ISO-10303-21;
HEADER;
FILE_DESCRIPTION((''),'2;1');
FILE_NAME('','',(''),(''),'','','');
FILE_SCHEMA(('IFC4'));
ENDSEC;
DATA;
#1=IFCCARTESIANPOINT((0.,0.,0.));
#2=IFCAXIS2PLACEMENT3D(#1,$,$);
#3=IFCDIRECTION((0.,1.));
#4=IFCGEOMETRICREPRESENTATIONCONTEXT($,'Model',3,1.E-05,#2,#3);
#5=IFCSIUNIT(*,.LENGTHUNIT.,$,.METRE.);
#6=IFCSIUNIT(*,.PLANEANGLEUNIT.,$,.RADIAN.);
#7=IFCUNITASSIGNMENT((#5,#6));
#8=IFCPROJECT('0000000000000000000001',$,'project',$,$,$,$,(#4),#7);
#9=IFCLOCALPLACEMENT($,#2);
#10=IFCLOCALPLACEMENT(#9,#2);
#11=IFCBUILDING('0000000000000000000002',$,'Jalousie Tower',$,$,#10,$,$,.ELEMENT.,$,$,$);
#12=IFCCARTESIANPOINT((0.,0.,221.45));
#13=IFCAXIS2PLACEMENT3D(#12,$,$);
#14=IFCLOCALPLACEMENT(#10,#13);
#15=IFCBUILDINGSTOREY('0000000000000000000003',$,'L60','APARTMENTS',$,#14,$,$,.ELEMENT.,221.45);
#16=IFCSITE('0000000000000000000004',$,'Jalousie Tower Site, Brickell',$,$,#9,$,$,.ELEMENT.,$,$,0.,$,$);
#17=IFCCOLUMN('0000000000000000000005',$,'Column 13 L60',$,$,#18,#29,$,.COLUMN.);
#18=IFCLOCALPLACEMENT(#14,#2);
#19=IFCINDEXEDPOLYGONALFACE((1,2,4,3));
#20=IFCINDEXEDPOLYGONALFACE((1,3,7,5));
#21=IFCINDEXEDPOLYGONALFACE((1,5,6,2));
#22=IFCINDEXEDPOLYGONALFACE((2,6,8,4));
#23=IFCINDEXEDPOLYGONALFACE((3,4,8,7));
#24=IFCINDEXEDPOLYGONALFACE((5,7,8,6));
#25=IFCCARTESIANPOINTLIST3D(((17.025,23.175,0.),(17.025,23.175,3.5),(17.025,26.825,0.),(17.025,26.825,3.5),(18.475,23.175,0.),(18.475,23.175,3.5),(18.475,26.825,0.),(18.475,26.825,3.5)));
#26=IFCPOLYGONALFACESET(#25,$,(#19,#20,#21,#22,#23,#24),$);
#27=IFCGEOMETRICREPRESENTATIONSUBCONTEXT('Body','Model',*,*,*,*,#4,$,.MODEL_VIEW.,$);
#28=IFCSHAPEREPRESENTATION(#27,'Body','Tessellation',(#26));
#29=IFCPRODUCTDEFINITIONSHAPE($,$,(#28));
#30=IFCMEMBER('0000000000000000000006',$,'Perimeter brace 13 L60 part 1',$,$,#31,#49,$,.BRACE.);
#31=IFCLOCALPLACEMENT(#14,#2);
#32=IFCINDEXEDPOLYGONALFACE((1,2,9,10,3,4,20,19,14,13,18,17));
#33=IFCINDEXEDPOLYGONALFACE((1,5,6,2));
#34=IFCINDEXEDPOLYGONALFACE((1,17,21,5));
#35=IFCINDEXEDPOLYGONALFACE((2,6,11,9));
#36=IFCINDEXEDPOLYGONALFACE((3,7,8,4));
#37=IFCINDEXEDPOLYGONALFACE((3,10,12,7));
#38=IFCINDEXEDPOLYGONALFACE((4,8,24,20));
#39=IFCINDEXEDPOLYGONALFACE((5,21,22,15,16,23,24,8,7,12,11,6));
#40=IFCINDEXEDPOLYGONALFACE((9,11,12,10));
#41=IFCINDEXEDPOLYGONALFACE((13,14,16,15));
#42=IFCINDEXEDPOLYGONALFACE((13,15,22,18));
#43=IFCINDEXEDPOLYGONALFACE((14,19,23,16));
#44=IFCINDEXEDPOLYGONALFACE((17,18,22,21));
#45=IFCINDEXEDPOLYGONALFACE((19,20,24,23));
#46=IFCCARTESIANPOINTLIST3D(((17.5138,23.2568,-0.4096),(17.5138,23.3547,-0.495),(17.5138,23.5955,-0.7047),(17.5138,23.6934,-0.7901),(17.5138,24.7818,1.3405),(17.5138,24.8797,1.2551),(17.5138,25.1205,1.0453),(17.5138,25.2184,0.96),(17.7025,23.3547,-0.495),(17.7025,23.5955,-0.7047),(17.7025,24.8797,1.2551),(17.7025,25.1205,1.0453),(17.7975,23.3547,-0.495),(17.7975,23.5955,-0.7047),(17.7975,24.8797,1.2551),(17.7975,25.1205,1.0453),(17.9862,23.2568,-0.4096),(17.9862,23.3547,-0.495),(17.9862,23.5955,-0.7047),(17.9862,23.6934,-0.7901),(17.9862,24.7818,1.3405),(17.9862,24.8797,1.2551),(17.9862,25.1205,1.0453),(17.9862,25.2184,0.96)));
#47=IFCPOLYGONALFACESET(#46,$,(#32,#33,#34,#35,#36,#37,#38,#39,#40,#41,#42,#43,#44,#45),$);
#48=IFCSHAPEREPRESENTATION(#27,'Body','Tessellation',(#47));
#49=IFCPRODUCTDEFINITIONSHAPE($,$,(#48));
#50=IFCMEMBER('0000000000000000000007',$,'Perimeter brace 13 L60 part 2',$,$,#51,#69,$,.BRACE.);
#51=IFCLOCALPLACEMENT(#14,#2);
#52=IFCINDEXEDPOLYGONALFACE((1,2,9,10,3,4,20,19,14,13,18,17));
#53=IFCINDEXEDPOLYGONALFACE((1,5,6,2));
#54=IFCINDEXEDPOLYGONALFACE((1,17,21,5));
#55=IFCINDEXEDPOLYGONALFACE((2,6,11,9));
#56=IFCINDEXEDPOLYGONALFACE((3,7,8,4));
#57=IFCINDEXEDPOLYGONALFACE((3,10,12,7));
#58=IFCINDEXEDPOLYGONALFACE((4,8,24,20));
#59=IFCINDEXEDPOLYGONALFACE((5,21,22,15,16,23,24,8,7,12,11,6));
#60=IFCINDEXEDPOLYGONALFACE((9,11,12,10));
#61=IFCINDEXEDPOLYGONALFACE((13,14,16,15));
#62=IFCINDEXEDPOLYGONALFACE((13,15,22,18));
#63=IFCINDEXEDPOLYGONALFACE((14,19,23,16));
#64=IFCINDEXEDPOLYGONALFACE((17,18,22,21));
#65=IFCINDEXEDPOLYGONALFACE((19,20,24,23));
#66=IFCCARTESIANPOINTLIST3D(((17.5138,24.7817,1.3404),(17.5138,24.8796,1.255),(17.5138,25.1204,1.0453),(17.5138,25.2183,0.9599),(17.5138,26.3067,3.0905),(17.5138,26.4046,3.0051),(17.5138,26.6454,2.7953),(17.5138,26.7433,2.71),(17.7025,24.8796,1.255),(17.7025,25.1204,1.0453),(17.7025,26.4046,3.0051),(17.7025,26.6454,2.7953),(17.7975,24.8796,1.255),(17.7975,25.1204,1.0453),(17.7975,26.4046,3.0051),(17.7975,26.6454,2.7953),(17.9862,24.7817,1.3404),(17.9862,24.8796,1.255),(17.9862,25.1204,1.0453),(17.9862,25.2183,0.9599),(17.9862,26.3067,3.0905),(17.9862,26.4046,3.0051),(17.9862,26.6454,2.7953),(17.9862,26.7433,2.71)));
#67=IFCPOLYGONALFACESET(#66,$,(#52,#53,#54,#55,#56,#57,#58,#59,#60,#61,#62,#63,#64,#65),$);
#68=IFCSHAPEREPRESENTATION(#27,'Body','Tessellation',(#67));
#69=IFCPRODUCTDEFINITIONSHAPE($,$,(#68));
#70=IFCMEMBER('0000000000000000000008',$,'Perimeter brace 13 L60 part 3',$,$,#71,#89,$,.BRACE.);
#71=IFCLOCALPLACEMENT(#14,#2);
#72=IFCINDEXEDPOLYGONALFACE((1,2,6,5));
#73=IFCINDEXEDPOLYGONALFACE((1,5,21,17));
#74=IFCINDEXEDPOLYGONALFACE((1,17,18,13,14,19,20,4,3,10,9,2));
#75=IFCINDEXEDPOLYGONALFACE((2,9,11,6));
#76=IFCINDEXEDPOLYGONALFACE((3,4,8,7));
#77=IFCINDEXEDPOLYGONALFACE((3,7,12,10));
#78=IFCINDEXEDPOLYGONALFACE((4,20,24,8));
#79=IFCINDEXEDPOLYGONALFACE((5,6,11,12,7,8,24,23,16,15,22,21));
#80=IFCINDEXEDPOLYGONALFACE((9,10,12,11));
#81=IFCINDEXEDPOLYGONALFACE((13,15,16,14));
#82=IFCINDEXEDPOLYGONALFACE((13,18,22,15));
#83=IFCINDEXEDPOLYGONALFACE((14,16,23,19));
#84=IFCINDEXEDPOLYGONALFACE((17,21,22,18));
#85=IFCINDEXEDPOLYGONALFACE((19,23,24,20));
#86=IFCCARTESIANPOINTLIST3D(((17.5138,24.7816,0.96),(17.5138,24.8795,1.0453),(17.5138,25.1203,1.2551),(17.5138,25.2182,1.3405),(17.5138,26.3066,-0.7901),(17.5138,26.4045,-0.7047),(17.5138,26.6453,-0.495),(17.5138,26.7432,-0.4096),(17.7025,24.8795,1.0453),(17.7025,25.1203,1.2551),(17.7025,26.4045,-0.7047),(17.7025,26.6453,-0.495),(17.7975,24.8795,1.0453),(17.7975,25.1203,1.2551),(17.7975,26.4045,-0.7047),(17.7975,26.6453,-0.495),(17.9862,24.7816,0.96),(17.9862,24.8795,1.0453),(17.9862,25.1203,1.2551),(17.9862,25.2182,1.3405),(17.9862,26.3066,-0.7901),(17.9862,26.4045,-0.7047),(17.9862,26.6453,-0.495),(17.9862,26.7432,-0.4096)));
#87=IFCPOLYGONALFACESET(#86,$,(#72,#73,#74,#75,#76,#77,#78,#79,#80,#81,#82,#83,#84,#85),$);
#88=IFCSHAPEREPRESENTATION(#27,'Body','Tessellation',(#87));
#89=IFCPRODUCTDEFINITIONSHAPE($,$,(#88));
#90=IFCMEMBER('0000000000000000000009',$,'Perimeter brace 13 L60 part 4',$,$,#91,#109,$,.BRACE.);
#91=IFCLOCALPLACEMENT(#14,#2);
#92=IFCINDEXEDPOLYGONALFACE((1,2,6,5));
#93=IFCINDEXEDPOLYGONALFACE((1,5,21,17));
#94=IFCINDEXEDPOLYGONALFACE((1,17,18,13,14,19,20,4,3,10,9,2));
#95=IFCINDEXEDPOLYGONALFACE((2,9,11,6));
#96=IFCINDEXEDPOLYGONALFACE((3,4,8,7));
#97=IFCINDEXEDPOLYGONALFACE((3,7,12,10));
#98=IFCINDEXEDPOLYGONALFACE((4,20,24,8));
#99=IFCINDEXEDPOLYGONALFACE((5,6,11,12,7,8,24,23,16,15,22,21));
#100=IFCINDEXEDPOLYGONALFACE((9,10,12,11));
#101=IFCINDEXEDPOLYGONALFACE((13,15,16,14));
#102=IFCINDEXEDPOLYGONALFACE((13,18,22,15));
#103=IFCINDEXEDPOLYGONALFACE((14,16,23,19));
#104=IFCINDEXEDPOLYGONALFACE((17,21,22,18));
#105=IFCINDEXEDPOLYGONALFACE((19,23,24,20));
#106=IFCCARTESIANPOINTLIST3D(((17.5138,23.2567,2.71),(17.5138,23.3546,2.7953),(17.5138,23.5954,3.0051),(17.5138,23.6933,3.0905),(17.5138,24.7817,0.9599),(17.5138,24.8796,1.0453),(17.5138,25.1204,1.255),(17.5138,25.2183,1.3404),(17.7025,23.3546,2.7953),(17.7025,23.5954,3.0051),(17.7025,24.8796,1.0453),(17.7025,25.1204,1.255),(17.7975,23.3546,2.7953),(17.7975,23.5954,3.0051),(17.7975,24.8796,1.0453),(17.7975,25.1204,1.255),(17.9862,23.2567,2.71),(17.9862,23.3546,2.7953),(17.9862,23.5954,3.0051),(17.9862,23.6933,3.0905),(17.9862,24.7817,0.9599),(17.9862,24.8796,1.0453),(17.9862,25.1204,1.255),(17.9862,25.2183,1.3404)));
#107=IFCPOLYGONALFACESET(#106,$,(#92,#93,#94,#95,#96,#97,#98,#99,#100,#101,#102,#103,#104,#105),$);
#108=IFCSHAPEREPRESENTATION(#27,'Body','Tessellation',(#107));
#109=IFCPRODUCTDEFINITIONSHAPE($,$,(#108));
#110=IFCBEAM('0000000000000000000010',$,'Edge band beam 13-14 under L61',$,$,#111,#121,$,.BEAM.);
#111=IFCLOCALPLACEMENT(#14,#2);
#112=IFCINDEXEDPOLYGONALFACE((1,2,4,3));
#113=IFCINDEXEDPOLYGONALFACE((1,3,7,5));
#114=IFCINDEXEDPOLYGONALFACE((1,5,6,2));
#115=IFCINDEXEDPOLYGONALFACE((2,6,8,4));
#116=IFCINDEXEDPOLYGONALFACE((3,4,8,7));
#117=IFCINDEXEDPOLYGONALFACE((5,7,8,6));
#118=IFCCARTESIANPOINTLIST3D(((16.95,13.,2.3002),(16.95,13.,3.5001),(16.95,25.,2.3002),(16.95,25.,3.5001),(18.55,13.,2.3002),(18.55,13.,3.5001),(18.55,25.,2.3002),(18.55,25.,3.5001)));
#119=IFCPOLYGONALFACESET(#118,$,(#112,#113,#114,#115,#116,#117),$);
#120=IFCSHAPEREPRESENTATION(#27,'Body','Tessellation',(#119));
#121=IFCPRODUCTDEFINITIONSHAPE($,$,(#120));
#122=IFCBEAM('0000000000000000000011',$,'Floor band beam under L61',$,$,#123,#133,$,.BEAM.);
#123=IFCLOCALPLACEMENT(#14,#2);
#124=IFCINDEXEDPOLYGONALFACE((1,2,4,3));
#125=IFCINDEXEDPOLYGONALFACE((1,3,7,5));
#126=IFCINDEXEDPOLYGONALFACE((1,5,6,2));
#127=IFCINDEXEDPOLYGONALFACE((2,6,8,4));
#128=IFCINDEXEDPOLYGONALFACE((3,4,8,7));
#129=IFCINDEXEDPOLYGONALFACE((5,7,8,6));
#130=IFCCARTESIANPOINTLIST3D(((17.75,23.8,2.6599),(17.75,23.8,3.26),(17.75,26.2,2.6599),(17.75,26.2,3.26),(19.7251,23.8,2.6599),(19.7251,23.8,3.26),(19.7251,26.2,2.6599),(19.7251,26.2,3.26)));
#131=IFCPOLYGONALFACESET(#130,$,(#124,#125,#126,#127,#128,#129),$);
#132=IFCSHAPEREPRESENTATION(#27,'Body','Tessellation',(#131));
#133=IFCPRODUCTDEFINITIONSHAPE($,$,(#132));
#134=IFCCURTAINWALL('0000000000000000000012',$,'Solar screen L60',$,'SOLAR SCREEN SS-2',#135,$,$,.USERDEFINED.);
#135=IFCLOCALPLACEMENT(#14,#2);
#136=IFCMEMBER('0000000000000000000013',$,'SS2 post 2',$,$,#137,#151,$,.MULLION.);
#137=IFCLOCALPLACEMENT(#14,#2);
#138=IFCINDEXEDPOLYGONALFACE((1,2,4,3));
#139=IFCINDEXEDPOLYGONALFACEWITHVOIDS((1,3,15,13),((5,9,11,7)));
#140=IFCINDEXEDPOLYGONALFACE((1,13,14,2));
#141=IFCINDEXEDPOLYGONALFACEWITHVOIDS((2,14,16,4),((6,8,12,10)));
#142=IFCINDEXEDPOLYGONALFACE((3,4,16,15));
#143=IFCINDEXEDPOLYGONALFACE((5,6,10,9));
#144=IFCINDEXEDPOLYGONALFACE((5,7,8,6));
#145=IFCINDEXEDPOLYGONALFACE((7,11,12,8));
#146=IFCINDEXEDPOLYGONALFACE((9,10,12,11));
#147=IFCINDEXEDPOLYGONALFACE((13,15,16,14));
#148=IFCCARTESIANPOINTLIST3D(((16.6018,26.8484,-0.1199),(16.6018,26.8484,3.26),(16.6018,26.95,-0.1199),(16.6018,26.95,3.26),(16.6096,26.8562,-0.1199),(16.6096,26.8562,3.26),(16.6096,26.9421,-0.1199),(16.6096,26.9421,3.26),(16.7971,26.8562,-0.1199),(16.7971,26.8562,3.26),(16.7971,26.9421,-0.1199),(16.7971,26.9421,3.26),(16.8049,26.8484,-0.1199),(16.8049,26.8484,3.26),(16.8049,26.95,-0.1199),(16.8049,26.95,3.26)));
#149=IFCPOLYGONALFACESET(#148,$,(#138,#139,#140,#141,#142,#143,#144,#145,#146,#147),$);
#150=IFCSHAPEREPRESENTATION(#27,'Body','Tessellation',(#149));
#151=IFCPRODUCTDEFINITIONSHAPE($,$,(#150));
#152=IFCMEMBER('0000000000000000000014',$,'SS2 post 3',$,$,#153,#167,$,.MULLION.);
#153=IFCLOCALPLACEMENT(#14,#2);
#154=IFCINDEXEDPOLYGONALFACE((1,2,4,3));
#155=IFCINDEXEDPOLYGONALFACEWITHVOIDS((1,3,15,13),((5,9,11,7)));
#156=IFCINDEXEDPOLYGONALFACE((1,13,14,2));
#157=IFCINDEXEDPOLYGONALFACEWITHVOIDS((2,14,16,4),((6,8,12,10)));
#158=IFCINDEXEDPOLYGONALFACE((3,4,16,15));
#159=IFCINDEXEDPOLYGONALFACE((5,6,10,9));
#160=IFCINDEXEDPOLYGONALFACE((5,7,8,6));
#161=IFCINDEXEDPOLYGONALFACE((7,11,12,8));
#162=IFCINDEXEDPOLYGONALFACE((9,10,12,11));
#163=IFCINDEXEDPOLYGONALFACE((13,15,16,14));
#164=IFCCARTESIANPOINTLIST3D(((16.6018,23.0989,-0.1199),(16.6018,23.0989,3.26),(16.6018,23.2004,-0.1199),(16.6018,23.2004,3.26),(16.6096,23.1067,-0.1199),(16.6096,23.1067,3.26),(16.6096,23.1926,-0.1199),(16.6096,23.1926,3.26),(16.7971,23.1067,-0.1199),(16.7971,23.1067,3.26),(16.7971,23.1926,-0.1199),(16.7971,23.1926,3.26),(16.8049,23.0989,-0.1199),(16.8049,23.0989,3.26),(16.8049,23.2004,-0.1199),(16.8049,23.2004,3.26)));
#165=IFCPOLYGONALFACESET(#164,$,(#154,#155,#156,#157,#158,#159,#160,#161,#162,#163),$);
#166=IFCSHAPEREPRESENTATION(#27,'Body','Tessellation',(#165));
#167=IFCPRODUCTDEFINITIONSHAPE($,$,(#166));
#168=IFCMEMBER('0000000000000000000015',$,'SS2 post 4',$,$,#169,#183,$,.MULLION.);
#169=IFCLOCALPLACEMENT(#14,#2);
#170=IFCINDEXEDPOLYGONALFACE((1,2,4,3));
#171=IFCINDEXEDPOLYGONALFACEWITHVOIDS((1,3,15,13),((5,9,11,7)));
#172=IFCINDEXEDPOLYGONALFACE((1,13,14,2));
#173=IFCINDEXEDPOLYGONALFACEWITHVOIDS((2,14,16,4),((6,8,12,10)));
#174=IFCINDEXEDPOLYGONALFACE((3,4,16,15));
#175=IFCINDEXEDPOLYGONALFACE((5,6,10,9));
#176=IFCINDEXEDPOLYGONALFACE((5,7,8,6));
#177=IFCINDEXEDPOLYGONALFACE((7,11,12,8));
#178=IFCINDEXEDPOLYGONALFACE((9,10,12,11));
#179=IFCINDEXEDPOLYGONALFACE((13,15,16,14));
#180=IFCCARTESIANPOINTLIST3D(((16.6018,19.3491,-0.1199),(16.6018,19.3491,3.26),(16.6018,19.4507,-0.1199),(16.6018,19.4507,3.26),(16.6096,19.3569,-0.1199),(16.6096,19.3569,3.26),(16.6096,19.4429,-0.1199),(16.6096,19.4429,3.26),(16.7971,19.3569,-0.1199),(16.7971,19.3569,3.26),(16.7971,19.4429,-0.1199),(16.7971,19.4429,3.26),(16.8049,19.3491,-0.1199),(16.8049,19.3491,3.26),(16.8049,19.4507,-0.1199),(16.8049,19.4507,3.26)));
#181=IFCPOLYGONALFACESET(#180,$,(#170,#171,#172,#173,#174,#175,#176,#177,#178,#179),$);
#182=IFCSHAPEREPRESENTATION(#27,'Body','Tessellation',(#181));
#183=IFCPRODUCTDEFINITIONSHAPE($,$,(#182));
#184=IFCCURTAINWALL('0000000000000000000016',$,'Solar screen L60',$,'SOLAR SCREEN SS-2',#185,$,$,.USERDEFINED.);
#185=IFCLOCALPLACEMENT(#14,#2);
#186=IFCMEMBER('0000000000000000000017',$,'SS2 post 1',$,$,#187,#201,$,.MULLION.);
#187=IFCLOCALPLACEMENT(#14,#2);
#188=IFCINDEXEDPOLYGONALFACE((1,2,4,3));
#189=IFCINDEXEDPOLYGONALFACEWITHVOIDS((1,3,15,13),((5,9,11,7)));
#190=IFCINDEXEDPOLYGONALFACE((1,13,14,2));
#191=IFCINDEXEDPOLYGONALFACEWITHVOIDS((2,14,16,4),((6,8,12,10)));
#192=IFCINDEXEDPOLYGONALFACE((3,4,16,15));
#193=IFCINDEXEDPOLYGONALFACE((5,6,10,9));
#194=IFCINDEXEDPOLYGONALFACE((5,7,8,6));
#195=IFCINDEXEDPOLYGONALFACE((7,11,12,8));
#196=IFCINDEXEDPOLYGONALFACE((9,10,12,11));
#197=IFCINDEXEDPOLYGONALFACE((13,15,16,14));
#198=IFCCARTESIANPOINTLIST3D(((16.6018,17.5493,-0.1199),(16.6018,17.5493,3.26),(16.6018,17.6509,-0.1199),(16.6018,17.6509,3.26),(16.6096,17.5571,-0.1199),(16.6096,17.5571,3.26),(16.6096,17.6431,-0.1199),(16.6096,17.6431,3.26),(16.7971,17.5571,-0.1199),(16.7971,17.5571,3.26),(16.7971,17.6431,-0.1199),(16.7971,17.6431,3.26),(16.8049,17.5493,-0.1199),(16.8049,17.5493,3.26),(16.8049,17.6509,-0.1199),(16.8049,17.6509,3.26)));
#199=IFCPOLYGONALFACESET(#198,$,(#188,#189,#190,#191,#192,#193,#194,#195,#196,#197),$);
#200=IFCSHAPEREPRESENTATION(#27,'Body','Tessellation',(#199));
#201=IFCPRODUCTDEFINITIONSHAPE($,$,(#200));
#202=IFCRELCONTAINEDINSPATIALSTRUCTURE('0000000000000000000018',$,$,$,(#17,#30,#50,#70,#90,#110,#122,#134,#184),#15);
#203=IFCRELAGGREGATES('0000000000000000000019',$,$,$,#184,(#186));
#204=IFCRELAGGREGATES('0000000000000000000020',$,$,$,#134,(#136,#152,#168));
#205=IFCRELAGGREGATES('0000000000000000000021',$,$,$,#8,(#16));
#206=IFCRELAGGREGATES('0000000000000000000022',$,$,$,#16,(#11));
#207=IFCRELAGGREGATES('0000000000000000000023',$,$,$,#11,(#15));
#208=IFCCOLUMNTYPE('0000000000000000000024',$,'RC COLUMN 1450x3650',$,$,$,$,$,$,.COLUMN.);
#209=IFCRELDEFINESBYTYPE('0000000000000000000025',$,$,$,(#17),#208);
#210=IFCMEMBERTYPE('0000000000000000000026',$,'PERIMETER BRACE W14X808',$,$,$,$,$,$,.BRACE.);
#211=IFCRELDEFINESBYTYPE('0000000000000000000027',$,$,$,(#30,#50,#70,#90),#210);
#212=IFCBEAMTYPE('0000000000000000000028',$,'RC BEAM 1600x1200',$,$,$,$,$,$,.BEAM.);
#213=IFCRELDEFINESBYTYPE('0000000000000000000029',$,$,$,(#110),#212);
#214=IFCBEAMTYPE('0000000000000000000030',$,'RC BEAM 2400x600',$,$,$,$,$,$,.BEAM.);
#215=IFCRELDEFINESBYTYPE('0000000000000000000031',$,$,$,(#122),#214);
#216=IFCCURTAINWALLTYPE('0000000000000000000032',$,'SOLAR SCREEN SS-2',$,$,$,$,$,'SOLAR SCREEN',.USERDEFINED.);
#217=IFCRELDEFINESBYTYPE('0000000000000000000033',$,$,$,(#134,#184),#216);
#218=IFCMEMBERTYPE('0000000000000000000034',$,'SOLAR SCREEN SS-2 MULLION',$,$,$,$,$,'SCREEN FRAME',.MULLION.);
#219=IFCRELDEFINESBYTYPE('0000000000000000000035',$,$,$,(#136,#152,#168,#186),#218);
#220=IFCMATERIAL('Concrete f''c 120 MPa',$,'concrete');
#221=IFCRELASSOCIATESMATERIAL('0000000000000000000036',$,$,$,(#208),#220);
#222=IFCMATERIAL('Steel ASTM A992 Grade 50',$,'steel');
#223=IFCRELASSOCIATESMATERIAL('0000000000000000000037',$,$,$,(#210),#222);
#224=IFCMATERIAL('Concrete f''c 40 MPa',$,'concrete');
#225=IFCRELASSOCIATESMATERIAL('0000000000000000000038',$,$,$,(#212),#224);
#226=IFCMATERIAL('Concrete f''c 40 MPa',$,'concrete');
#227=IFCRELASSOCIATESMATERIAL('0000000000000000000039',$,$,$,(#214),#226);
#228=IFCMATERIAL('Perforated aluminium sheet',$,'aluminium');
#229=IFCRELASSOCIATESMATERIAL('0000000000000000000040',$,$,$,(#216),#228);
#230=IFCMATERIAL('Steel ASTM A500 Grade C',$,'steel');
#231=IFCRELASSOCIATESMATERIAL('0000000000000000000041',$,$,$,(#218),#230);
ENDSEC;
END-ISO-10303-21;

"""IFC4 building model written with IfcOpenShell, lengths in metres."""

from ifc_helpers import new_model, si_unit, direction, frame, origin, origin_2d, place, context, subcontext, project, spatial, rectangle, hollow_rectangle, i_section, extrude, material, material_profile, profile_set, type_object, element, aggregate, save


model = new_model("IFC4")

# Units and contexts
model_context = context("Model", 3, precision=1e-05, world=origin(), true_north=direction((0.0, 1.0)))
body_context = subcontext(model_context, "Body", "Model", "MODEL_VIEW")
ifc_project = project(units=[si_unit("LENGTHUNIT", "METRE"), si_unit("PLANEANGLEUNIT", "RADIAN")], contexts=[model_context])

# Site, building, storey
site_placement = place(None, origin())
site = spatial("IfcSite", under=ifc_project, at=site_placement, Name="Jalousie Tower Site, Brickell", CompositionType="ELEMENT", RefElevation=0.0)
building_placement = place(site_placement, origin())
building = spatial("IfcBuilding", under=site, at=building_placement, Name="Jalousie Tower", CompositionType="ELEMENT")
storey_placement = place(building_placement, frame((0.0, 0.0, 221.45)))
storey = spatial("IfcBuildingStorey", under=building, at=storey_placement, Name="L60", Description="APARTMENTS", CompositionType="ELEMENT", Elevation=221.45)

# Column
ifc_material_1 = material(Name="Concrete f'c 120 MPa", Category="concrete")
ifc_material_profile_1 = material_profile(ifc_material_1, rectangle(XDim=1.45, YDim=3.6499, at=origin_2d()), Name="RC 1450x3650")
ifc_profile_set_1 = profile_set([ifc_material_profile_1], Name="Concrete f'c 120 MPa")
column_type = type_object("IfcColumnType", Name="RC COLUMN 1450x3650", PredefinedType="COLUMN", material=ifc_profile_set_1)
column_placement = place(storey_placement, frame((17.75, 25.0, 0.0), z_axis=(0.0, 0.0, 1.0), x_axis=(1.0, 0.0, 0.0)))
element("IfcColumn", 1, at=column_placement, inside=storey, type_object=column_type, Name="Column 13 L60", PredefinedType="COLUMN", context=body_context, shape_type="SweptSolid", body=[
    extrude(rectangle(XDim=1.45, YDim=3.6499, at=origin_2d()), origin(), (0.0, 0.0, 1.0), 3.5),
])

# Members
ifc_material_2 = material(Name="Steel ASTM A992 Grade 50", Category="steel")
ifc_material_profile_2 = material_profile(ifc_material_2, i_section(OverallWidth=0.4724, OverallDepth=0.5791, WebThickness=0.095, FlangeThickness=0.1299, at=origin_2d()), Name="W14X808")
ifc_profile_set_2 = profile_set([ifc_material_profile_2], Name="Steel ASTM A992 Grade 50")
member_type_1 = type_object("IfcMemberType", Name="PERIMETER BRACE W14X808", PredefinedType="BRACE", material=ifc_profile_set_2)
for number, where, z_axis, x_axis, name in (
    (2, (17.75, 23.4751, -0.5999), (0.0, 0.656954, 0.75393), (-1.0, 0.0, 0.0), "Perimeter brace 13 L60 part 1"),
    (3, (17.75, 25.0, 1.1501), (0.0, 0.656954, 0.75393), (-1.0, 0.0, 0.0), "Perimeter brace 13 L60 part 2"),
    (4, (17.75, 26.5249, -0.5999), (0.0, -0.656954, 0.75393), (1.0, 0.0, 0.0), "Perimeter brace 13 L60 part 3"),
    (5, (17.75, 25.0, 1.1501), (0.0, -0.656954, 0.75393), (1.0, 0.0, 0.0), "Perimeter brace 13 L60 part 4"),
):
    element("IfcMember", number, at=place(storey_placement, frame(where, z_axis=z_axis, x_axis=x_axis)), inside=storey, type_object=member_type_1, Name=name, PredefinedType="BRACE", context=body_context, shape_type="SweptSolid", body=[
        extrude(i_section(OverallWidth=0.4724, OverallDepth=0.5791, WebThickness=0.095, FlangeThickness=0.1299, at=origin_2d()), origin(), (0.0, 0.0, 1.0), 2.3213),
    ])

# Beams
ifc_material_3 = material(Name="Concrete f'c 40 MPa", Category="concrete")
ifc_material_profile_3 = material_profile(ifc_material_3, rectangle(XDim=1.6001, YDim=1.2, at=origin_2d()), Name="RC 1600x1200")
ifc_profile_set_3 = profile_set([ifc_material_profile_3], Name="Concrete f'c 40 MPa")
beam_type_1 = type_object("IfcBeamType", Name="RC BEAM 1600x1200", PredefinedType="BEAM", material=ifc_profile_set_3)
beam_1_placement = place(storey_placement, frame((17.75, 25.0, 2.9001), z_axis=(0.0, -1.0, 0.0), x_axis=(1.0, 0.0, 0.0)))
element("IfcBeam", 6, at=beam_1_placement, inside=storey, type_object=beam_type_1, Name="Edge band beam 13-14 under L61", PredefinedType="BEAM", context=body_context, shape_type="SweptSolid", body=[
    extrude(rectangle(XDim=1.6001, YDim=1.2, at=origin_2d()), origin(), (0.0, 0.0, 1.0), 12.0),
])
ifc_material_4 = material(Name="Concrete f'c 40 MPa", Category="concrete")
ifc_material_profile_4 = material_profile(ifc_material_4, rectangle(XDim=2.3999, YDim=0.6001, at=origin_2d()), Name="RC 2400x600")
ifc_profile_set_4 = profile_set([ifc_material_profile_4], Name="Concrete f'c 40 MPa")
beam_type_2 = type_object("IfcBeamType", Name="RC BEAM 2400x600", PredefinedType="BEAM", material=ifc_profile_set_4)
beam_2_placement = place(storey_placement, frame((17.75, 25.0, 2.96), z_axis=(1.0, 0.0, 0.0), x_axis=(0.0, 1.0, 0.0)))
element("IfcBeam", 7, at=beam_2_placement, inside=storey, type_object=beam_type_2, Name="Floor band beam under L61", PredefinedType="BEAM", context=body_context, shape_type="SweptSolid", body=[
    extrude(rectangle(XDim=2.3999, YDim=0.6001, at=origin_2d()), origin(), (0.0, 0.0, 1.0), 1.9751),
])

# Curtain walls, members
ifc_material_5 = material(Name="Perforated aluminium sheet", Category="aluminium")
curtain_wall_type = type_object("IfcCurtainWallType", Name="SOLAR SCREEN SS-2", ElementType="SOLAR SCREEN", PredefinedType="USERDEFINED", material=ifc_material_5)
curtain_wall_1_placement = place(storey_placement, origin())
curtain_wall_1 = element("IfcCurtainWall", 8, at=curtain_wall_1_placement, inside=storey, type_object=curtain_wall_type, Name="Solar screen L60", ObjectType="SOLAR SCREEN SS-2", PredefinedType="USERDEFINED")
ifc_material_6 = material(Name="Steel ASTM A500 Grade C", Category="steel")
ifc_material_profile_5 = material_profile(ifc_material_6, hollow_rectangle(XDim=0.1016, YDim=0.2031, WallThickness=0.0078, at=origin_2d()), Name="HSS8X4X5/16")
ifc_profile_set_5 = profile_set([ifc_material_profile_5], Name="Steel ASTM A500 Grade C")
member_type_2 = type_object("IfcMemberType", Name="SOLAR SCREEN SS-2 MULLION", ElementType="SCREEN FRAME", PredefinedType="MULLION", material=ifc_profile_set_5)
member_1_placement = place(storey_placement, frame((16.7034, 26.8992, -0.1199), z_axis=(0.0, 0.0, 1.0), x_axis=(0.0, -1.0, 0.0)))
member_1 = element("IfcMember", 9, at=member_1_placement, type_object=member_type_2, Name="SS2 post 2", PredefinedType="MULLION", context=body_context, shape_type="SweptSolid", body=[
    extrude(hollow_rectangle(XDim=0.1016, YDim=0.2031, WallThickness=0.0078, at=origin_2d()), origin(), (0.0, 0.0, 1.0), 3.3799),
])
member_2_placement = place(storey_placement, frame((16.7034, 23.1497, -0.1199), z_axis=(0.0, 0.0, 1.0), x_axis=(0.0, -1.0, 0.0)))
member_2 = element("IfcMember", 10, at=member_2_placement, type_object=member_type_2, Name="SS2 post 3", PredefinedType="MULLION", context=body_context, shape_type="SweptSolid", body=[
    extrude(hollow_rectangle(XDim=0.1016, YDim=0.2031, WallThickness=0.0078, at=origin_2d()), origin(), (0.0, 0.0, 1.0), 3.3799),
])
member_3_placement = place(storey_placement, frame((16.7034, 19.3999, -0.1199), z_axis=(0.0, 0.0, 1.0), x_axis=(0.0, -1.0, 0.0)))
member_3 = element("IfcMember", 11, at=member_3_placement, type_object=member_type_2, Name="SS2 post 4", PredefinedType="MULLION", context=body_context, shape_type="SweptSolid", body=[
    extrude(hollow_rectangle(XDim=0.1016, YDim=0.2031, WallThickness=0.0078, at=origin_2d()), origin(), (0.0, 0.0, 1.0), 3.3799),
])
curtain_wall_2_placement = place(storey_placement, origin())
curtain_wall_2 = element("IfcCurtainWall", 12, at=curtain_wall_2_placement, inside=storey, type_object=curtain_wall_type, Name="Solar screen L60", ObjectType="SOLAR SCREEN SS-2", PredefinedType="USERDEFINED")
member_4_placement = place(storey_placement, frame((16.7034, 17.6001, -0.1199), z_axis=(0.0, 0.0, 1.0), x_axis=(0.0, -1.0, 0.0)))
member_4 = element("IfcMember", 13, at=member_4_placement, type_object=member_type_2, Name="SS2 post 1", PredefinedType="MULLION", context=body_context, shape_type="SweptSolid", body=[
    extrude(hollow_rectangle(XDim=0.1016, YDim=0.2031, WallThickness=0.0078, at=origin_2d()), origin(), (0.0, 0.0, 1.0), 3.3799),
])
aggregate(curtain_wall_2, [member_4])

aggregate(curtain_wall_1, [member_1, member_2, member_3])

save(model, "model.ifc")
